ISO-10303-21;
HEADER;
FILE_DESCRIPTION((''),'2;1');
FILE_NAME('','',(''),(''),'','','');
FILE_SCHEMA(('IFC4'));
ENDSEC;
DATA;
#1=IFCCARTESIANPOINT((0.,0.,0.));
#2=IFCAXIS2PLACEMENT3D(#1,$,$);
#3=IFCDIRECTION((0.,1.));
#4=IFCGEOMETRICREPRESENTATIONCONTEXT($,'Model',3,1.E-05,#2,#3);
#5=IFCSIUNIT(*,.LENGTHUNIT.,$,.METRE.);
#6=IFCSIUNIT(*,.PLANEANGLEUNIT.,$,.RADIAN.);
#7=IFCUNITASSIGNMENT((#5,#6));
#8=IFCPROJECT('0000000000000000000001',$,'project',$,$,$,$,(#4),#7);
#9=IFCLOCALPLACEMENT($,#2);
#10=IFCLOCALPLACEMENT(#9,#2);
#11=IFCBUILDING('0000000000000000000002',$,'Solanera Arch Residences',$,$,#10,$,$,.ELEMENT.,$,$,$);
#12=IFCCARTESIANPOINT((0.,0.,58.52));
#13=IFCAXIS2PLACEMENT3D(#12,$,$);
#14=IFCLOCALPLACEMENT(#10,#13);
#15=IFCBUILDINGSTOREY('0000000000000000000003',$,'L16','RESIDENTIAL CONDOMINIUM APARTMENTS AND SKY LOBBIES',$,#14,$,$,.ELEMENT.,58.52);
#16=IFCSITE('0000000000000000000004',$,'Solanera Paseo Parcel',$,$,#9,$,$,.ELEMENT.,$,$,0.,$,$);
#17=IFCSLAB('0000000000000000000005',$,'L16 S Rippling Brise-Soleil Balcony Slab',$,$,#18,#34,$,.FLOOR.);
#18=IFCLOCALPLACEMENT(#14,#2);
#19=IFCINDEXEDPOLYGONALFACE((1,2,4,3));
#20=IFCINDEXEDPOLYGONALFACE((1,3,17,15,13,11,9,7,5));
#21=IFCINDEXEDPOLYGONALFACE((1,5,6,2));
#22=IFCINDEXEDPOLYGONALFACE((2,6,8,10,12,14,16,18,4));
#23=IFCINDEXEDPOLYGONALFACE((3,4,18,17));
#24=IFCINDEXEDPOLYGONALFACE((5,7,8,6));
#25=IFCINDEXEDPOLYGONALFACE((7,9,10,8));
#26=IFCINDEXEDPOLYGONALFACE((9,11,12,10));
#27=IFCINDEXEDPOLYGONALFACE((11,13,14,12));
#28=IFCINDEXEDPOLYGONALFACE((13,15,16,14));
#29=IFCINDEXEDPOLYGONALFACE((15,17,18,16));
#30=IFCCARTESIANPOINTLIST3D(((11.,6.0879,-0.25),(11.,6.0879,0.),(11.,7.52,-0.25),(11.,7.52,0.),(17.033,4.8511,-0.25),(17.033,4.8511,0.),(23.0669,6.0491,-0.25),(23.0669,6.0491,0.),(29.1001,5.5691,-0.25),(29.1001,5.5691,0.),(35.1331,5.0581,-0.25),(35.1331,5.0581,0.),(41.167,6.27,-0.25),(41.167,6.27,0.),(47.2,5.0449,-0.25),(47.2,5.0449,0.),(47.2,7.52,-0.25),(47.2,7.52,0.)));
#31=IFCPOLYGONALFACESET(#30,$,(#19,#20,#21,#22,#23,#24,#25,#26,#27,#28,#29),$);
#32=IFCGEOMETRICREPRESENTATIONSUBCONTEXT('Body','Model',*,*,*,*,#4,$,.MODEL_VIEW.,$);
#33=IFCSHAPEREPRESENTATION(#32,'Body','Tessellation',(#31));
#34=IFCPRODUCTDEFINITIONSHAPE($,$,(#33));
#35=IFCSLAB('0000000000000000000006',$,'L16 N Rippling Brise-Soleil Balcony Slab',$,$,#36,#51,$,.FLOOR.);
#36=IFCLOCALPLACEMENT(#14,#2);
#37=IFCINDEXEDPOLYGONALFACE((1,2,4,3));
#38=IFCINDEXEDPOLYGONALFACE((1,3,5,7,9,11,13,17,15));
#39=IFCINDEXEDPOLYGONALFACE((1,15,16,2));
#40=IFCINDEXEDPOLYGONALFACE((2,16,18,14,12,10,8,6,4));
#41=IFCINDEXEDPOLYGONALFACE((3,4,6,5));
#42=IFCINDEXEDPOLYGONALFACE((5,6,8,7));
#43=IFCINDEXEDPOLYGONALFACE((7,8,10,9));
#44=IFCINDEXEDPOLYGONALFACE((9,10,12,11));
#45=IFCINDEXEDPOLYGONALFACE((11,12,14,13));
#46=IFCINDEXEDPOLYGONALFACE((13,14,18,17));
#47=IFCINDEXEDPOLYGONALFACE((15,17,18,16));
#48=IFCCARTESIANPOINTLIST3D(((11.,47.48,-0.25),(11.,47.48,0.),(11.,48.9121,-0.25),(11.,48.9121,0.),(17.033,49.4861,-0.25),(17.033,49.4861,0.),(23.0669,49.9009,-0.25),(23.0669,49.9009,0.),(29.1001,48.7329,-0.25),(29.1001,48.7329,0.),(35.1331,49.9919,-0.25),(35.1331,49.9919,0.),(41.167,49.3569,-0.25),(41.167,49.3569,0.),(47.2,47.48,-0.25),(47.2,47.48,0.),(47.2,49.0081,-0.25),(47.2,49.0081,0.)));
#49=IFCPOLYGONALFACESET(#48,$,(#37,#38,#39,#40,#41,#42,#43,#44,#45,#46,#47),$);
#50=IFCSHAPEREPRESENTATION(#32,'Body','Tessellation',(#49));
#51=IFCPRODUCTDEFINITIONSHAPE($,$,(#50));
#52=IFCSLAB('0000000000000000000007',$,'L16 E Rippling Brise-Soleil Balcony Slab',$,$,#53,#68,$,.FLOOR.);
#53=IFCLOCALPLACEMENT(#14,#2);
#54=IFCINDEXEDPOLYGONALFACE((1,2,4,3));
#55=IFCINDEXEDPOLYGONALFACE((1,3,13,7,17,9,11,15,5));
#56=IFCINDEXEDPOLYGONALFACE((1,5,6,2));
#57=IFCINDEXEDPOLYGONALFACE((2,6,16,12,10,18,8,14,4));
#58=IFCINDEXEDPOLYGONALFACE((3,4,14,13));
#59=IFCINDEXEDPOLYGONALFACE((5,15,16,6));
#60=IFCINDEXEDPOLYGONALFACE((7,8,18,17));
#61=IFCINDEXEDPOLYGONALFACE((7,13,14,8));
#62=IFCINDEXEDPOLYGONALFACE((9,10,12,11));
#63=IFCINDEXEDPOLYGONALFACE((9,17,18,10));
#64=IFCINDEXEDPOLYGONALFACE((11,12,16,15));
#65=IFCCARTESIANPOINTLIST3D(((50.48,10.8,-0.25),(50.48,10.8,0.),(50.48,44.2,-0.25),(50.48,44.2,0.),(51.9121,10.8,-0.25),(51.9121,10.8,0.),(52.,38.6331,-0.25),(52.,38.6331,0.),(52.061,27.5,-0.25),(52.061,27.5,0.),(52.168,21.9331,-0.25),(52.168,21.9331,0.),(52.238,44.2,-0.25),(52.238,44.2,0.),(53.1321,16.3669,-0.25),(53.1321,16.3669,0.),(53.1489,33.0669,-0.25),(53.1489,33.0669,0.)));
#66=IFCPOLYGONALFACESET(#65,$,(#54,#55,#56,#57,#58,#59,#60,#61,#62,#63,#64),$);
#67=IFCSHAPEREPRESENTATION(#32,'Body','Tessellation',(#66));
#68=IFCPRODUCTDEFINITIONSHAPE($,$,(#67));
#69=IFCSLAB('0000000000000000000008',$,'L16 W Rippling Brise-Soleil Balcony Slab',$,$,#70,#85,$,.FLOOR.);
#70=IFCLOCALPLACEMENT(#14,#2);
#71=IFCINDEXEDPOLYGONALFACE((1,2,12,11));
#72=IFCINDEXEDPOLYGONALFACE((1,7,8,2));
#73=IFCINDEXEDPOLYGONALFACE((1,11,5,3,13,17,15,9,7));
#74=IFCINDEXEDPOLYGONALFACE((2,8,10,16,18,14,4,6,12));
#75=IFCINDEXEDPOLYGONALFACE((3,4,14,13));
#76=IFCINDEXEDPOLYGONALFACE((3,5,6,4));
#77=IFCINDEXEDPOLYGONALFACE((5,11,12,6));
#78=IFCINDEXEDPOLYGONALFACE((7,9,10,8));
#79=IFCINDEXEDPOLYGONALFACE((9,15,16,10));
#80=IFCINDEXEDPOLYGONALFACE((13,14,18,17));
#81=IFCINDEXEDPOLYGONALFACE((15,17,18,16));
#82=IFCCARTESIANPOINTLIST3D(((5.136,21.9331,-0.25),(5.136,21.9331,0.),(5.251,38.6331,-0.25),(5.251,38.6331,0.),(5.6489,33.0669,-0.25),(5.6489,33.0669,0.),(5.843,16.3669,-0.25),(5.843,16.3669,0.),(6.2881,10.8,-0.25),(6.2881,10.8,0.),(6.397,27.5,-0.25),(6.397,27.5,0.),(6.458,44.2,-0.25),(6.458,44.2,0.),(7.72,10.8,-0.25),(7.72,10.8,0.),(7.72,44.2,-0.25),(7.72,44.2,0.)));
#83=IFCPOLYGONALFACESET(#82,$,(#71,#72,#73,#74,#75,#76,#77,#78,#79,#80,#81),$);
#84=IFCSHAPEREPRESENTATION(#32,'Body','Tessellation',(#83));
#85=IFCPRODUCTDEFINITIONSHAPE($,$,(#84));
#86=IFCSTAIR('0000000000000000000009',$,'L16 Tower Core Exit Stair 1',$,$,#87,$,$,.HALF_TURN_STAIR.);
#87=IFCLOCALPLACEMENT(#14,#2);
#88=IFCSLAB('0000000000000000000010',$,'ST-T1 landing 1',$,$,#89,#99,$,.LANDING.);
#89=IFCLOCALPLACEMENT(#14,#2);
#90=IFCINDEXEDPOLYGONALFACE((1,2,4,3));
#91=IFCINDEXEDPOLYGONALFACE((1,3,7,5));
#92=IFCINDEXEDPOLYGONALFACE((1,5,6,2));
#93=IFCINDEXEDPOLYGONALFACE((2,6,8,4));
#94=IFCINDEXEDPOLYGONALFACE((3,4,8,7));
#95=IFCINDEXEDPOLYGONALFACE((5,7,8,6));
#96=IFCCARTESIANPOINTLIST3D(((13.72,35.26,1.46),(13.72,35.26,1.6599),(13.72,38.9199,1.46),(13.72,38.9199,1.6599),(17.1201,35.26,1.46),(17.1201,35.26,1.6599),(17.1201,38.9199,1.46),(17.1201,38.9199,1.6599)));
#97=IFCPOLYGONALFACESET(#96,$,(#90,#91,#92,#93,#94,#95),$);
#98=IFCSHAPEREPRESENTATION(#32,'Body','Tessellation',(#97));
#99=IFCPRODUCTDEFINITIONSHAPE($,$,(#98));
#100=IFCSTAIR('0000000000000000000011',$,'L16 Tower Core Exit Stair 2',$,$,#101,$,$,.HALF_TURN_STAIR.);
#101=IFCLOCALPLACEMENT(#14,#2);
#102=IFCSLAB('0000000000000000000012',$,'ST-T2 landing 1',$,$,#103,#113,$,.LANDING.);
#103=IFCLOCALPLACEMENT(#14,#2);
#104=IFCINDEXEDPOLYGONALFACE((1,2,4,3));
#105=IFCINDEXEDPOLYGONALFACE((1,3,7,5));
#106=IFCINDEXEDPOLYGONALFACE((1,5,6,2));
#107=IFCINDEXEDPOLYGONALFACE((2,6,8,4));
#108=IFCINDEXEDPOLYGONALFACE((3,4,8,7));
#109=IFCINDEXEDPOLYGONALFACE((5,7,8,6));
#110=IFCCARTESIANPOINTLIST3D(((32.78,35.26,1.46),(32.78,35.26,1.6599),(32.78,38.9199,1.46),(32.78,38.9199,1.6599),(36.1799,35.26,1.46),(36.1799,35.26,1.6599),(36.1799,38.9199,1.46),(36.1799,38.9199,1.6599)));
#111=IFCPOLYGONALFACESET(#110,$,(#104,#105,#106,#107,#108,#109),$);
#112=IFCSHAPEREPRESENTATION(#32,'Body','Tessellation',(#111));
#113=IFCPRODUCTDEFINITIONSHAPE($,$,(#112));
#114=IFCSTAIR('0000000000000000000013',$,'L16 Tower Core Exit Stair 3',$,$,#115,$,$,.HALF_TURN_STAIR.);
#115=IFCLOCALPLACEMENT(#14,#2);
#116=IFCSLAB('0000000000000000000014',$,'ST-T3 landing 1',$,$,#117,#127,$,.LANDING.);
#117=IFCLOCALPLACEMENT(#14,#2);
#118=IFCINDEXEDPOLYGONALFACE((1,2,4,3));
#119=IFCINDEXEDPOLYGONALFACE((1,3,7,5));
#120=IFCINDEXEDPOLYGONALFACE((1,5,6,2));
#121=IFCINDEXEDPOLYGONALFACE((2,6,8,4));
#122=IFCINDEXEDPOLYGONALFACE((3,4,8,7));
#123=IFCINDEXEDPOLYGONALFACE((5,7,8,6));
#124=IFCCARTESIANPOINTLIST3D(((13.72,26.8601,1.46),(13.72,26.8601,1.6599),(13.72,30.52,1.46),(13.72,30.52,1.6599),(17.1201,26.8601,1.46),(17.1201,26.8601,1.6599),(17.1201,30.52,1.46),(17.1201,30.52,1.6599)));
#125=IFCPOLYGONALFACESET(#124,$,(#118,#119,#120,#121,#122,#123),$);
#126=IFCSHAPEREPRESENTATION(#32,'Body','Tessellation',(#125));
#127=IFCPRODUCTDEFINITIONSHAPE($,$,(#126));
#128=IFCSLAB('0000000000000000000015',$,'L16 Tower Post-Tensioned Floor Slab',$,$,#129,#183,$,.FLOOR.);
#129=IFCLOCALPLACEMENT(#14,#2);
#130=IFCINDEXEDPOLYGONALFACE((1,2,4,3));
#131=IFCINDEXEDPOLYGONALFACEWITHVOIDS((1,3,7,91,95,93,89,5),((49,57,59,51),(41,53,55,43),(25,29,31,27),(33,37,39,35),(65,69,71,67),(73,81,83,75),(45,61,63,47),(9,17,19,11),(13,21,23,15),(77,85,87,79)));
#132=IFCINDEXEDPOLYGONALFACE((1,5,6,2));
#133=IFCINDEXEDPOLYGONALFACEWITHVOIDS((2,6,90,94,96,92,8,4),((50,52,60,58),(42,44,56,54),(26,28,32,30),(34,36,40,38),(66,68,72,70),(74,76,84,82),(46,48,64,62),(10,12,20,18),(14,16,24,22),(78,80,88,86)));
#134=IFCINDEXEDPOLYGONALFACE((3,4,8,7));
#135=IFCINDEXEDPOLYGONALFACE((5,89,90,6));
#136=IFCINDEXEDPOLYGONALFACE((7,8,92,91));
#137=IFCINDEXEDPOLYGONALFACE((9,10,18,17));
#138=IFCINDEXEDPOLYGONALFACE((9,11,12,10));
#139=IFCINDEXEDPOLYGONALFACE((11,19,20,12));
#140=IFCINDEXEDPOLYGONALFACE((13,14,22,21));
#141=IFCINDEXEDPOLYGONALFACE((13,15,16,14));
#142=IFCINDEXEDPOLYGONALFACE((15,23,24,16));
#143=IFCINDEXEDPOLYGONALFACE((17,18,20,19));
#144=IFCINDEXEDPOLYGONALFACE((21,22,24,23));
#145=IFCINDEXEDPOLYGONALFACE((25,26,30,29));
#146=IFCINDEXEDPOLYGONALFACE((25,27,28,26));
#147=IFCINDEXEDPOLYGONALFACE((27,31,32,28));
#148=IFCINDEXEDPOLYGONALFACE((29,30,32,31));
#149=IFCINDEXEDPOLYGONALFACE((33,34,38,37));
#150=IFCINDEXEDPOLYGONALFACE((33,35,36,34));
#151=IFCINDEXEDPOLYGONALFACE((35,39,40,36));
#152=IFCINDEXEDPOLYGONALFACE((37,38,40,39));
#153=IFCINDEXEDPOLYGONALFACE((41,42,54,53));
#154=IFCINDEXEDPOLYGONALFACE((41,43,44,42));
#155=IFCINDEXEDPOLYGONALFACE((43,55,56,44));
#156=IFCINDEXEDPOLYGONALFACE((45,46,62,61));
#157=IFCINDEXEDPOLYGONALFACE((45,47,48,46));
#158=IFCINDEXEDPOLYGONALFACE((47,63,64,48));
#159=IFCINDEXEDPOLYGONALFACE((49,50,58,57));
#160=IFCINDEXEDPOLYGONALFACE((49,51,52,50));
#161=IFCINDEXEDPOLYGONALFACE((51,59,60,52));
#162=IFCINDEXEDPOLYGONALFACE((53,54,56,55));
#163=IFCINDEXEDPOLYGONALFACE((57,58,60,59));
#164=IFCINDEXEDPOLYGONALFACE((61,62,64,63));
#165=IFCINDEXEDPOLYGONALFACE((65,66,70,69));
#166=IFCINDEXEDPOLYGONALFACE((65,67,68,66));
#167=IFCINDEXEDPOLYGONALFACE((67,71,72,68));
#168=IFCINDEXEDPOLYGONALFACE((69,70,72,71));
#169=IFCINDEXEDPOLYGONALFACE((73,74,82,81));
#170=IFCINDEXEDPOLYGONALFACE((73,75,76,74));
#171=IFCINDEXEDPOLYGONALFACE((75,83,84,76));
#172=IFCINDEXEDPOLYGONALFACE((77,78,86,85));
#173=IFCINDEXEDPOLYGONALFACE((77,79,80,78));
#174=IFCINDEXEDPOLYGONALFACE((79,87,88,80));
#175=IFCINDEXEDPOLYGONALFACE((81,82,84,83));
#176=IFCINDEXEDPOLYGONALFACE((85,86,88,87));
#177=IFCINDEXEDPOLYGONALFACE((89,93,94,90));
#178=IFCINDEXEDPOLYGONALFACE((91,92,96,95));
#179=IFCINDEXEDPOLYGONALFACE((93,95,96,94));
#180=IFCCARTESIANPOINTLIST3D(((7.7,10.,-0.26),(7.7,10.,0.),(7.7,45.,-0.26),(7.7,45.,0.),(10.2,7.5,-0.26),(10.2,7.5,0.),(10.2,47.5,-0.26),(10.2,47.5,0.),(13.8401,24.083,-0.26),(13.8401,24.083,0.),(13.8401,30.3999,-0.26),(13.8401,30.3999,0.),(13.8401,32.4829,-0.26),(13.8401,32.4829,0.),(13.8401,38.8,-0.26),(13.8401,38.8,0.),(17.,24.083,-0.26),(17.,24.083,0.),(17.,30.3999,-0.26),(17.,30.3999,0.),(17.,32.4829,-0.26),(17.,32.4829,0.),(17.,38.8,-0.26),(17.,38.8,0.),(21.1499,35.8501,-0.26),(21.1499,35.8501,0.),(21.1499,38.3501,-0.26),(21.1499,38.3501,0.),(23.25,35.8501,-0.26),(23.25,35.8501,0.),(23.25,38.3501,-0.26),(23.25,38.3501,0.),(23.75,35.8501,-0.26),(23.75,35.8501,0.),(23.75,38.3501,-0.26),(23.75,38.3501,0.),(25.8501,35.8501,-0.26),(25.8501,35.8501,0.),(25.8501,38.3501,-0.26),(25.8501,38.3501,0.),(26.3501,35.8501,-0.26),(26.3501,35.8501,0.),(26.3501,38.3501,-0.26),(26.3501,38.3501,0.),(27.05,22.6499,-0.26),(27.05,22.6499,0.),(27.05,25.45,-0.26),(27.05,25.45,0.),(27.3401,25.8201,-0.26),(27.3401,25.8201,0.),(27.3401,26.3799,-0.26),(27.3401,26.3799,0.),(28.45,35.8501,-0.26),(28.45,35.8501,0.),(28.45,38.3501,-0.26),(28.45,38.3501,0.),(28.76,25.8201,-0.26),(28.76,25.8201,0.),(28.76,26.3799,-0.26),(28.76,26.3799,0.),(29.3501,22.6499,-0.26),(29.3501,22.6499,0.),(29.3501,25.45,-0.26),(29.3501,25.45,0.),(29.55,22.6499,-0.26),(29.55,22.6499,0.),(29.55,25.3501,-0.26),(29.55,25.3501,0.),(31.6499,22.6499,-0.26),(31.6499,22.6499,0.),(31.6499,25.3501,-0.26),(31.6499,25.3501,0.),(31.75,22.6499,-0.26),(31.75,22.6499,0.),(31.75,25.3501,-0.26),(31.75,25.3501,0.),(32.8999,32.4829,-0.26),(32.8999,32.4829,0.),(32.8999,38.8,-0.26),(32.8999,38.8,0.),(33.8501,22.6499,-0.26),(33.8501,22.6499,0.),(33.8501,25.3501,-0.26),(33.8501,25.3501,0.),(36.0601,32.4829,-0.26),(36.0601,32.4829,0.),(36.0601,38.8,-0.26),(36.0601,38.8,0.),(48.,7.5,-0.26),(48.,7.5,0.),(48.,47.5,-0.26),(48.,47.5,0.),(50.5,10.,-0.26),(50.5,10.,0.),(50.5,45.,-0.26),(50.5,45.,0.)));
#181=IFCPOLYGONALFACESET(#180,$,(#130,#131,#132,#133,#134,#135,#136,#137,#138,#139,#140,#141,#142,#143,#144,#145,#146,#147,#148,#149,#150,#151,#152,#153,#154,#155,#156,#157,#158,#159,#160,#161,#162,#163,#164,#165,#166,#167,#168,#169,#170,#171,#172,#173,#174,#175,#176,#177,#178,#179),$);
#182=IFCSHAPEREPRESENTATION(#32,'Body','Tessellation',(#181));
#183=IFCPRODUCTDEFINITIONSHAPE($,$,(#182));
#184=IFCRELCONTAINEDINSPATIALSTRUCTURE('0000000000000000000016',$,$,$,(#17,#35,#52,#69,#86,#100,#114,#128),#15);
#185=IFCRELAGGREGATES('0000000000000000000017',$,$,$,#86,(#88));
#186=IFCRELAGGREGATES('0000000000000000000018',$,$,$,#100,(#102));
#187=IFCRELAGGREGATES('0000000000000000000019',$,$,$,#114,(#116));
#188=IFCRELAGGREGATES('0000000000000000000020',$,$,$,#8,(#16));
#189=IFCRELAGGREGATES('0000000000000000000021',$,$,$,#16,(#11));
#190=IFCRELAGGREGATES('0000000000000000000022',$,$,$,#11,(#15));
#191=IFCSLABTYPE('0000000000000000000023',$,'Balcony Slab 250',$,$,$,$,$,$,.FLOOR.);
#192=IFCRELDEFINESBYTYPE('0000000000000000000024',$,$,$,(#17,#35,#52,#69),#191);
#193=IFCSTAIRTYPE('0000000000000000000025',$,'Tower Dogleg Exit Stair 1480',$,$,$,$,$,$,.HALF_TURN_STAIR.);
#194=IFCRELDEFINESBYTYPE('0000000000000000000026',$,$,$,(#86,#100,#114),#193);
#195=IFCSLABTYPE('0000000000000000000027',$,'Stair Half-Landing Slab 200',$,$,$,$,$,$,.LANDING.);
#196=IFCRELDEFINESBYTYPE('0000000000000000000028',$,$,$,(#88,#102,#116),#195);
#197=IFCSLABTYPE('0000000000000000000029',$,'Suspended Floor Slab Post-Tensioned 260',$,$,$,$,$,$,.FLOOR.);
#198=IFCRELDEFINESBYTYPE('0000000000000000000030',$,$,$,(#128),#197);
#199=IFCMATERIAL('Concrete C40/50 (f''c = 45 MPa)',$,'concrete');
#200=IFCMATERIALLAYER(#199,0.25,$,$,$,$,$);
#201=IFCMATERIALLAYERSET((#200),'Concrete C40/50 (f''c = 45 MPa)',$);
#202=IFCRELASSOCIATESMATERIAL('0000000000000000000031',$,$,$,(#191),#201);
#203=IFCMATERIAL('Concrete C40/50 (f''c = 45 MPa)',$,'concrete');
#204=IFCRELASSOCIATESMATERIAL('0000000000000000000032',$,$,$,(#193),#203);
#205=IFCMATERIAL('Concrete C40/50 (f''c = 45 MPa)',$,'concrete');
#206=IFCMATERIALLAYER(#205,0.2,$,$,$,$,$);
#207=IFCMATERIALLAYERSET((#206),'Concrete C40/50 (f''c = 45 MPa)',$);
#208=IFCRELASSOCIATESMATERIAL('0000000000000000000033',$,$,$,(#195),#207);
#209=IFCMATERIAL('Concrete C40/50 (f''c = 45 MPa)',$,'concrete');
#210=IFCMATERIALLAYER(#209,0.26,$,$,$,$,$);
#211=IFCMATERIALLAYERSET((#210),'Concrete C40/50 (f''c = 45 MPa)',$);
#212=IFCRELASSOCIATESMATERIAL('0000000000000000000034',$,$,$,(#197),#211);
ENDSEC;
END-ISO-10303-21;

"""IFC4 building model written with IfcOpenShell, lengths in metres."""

from ifc_helpers import new_model, si_unit, direction, frame, origin, place, context, subcontext, project, spatial, polyline, outline, extrude, material, layer, layer_set, type_object, element, aggregate, save


model = new_model("IFC4")

# Units and contexts
model_context = context("Model", 3, precision=1e-05, world=origin(), true_north=direction((0.0, 1.0)))
body_context = subcontext(model_context, "Body", "Model", "MODEL_VIEW")
ifc_project = project(units=[si_unit("LENGTHUNIT", "METRE"), si_unit("PLANEANGLEUNIT", "RADIAN")], contexts=[model_context])

# Site, building, storey
site_placement = place(None, origin())
site = spatial("IfcSite", under=ifc_project, at=site_placement, Name="Solanera Paseo Parcel", CompositionType="ELEMENT", RefElevation=0.0)
building_placement = place(site_placement, origin())
building = spatial("IfcBuilding", under=site, at=building_placement, Name="Solanera Arch Residences", CompositionType="ELEMENT")
storey_placement = place(building_placement, frame((0.0, 0.0, 58.52)))
storey = spatial("IfcBuildingStorey", under=building, at=storey_placement, Name="L16", Description="RESIDENTIAL CONDOMINIUM APARTMENTS AND SKY LOBBIES", CompositionType="ELEMENT", Elevation=58.52)

# Slabs
ifc_material_1 = material(Name="Concrete C40/50 (f'c = 45 MPa)", Category="concrete")
ifc_layer_1 = layer(ifc_material_1, 0.25)
ifc_layer_set_1 = layer_set([ifc_layer_1], Name="Concrete C40/50 (f'c = 45 MPa)")
slab_type_1 = type_object("IfcSlabType", Name="Balcony Slab 250", PredefinedType="FLOOR", material=ifc_layer_set_1)
slab_1_placement = place(storey_placement, frame((0.0, 0.0, -0.25)))
element("IfcSlab", 1, at=slab_1_placement, inside=storey, type_object=slab_type_1, Name="L16 S Rippling Brise-Soleil Balcony Slab", PredefinedType="FLOOR", context=body_context, shape_type="SweptSolid", body=[
    extrude(outline(polyline([(11.0, 6.0879), (17.033, 4.8511), (23.0669, 6.0491), (29.1001, 5.5691), (35.1331, 5.0581), (41.167, 6.27), (47.2, 5.0449), (47.2, 7.52), (11.0, 7.52), (11.0, 6.0879)])), origin(), (0.0, 0.0, 1.0), 0.25),
])
slab_2_placement = place(storey_placement, frame((0.0, 0.0, -0.25)))
element("IfcSlab", 2, at=slab_2_placement, inside=storey, type_object=slab_type_1, Name="L16 N Rippling Brise-Soleil Balcony Slab", PredefinedType="FLOOR", context=body_context, shape_type="SweptSolid", body=[
    extrude(outline(polyline([(47.2, 49.0081), (41.167, 49.3569), (35.1331, 49.9919), (29.1001, 48.7329), (23.0669, 49.9009), (17.033, 49.4861), (11.0, 48.9121), (11.0, 47.48), (47.2, 47.48), (47.2, 49.0081)])), origin(), (0.0, 0.0, 1.0), 0.25),
])
slab_3_placement = place(storey_placement, frame((0.0, 0.0, -0.25)))
element("IfcSlab", 3, at=slab_3_placement, inside=storey, type_object=slab_type_1, Name="L16 E Rippling Brise-Soleil Balcony Slab", PredefinedType="FLOOR", context=body_context, shape_type="SweptSolid", body=[
    extrude(outline(polyline([(51.9121, 10.8), (53.1321, 16.3669), (52.168, 21.9331), (52.061, 27.5), (53.1489, 33.0669), (52.0, 38.6331), (52.238, 44.2), (50.48, 44.2), (50.48, 10.8), (51.9121, 10.8)])), origin(), (0.0, 0.0, 1.0), 0.25),
])
slab_4_placement = place(storey_placement, frame((0.0, 0.0, -0.25)))
element("IfcSlab", 4, at=slab_4_placement, inside=storey, type_object=slab_type_1, Name="L16 W Rippling Brise-Soleil Balcony Slab", PredefinedType="FLOOR", context=body_context, shape_type="SweptSolid", body=[
    extrude(outline(polyline([(6.458, 44.2), (5.251, 38.6331), (5.6489, 33.0669), (6.397, 27.5), (5.136, 21.9331), (5.843, 16.3669), (6.2881, 10.8), (7.72, 10.8), (7.72, 44.2), (6.458, 44.2)])), origin(), (0.0, 0.0, 1.0), 0.25),
])

# Stairs, slabs
ifc_material_2 = material(Name="Concrete C40/50 (f'c = 45 MPa)", Category="concrete")
stair_type = type_object("IfcStairType", Name="Tower Dogleg Exit Stair 1480", PredefinedType="HALF_TURN_STAIR", material=ifc_material_2)
stair_1_placement = place(storey_placement, origin())
stair_1 = element("IfcStair", 5, at=stair_1_placement, inside=storey, type_object=stair_type, Name="L16 Tower Core Exit Stair 1", PredefinedType="HALF_TURN_STAIR")
ifc_material_3 = material(Name="Concrete C40/50 (f'c = 45 MPa)", Category="concrete")
ifc_layer_2 = layer(ifc_material_3, 0.2)
ifc_layer_set_2 = layer_set([ifc_layer_2], Name="Concrete C40/50 (f'c = 45 MPa)")
slab_type_2 = type_object("IfcSlabType", Name="Stair Half-Landing Slab 200", PredefinedType="LANDING", material=ifc_layer_set_2)
slab_5_placement = place(storey_placement, frame((0.0, 0.0, 1.46)))
slab_5 = element("IfcSlab", 6, at=slab_5_placement, type_object=slab_type_2, Name="ST-T1 landing 1", PredefinedType="LANDING", context=body_context, shape_type="SweptSolid", body=[
    extrude(outline(polyline([(17.1201, 35.26), (17.1201, 38.9199), (13.72, 38.9199), (13.72, 35.26), (17.1201, 35.26)])), origin(), (0.0, 0.0, 1.0), 0.2),
])
aggregate(stair_1, [slab_5])
stair_2_placement = place(storey_placement, origin())
stair_2 = element("IfcStair", 7, at=stair_2_placement, inside=storey, type_object=stair_type, Name="L16 Tower Core Exit Stair 2", PredefinedType="HALF_TURN_STAIR")
slab_6_placement = place(storey_placement, frame((0.0, 0.0, 1.46)))
slab_6 = element("IfcSlab", 8, at=slab_6_placement, type_object=slab_type_2, Name="ST-T2 landing 1", PredefinedType="LANDING", context=body_context, shape_type="SweptSolid", body=[
    extrude(outline(polyline([(36.1799, 35.26), (36.1799, 38.9199), (32.78, 38.9199), (32.78, 35.26), (36.1799, 35.26)])), origin(), (0.0, 0.0, 1.0), 0.2),
])
aggregate(stair_2, [slab_6])
stair_3_placement = place(storey_placement, origin())
stair_3 = element("IfcStair", 9, at=stair_3_placement, inside=storey, type_object=stair_type, Name="L16 Tower Core Exit Stair 3", PredefinedType="HALF_TURN_STAIR")
slab_7_placement = place(storey_placement, frame((0.0, 0.0, 1.46)))
slab_7 = element("IfcSlab", 10, at=slab_7_placement, type_object=slab_type_2, Name="ST-T3 landing 1", PredefinedType="LANDING", context=body_context, shape_type="SweptSolid", body=[
    extrude(outline(polyline([(17.1201, 26.8601), (17.1201, 30.52), (13.72, 30.52), (13.72, 26.8601), (17.1201, 26.8601)])), origin(), (0.0, 0.0, 1.0), 0.2),
])
aggregate(stair_3, [slab_7])

# Slab
ifc_material_4 = material(Name="Concrete C40/50 (f'c = 45 MPa)", Category="concrete")
ifc_layer_3 = layer(ifc_material_4, 0.26)
ifc_layer_set_3 = layer_set([ifc_layer_3], Name="Concrete C40/50 (f'c = 45 MPa)")
slab_type_3 = type_object("IfcSlabType", Name="Suspended Floor Slab Post-Tensioned 260", PredefinedType="FLOOR", material=ifc_layer_set_3)
slab_8_placement = place(storey_placement, frame((0.0, 0.0, -0.26)))
element("IfcSlab", 11, at=slab_8_placement, inside=storey, type_object=slab_type_3, Name="L16 Tower Post-Tensioned Floor Slab", PredefinedType="FLOOR", context=body_context, shape_type="SweptSolid", body=[
    extrude(outline(polyline([(10.2, 7.5), (48.0, 7.5), (50.5, 10.0), (50.5, 45.0), (48.0, 47.5), (10.2, 47.5), (7.7, 45.0), (7.7, 10.0), (10.2, 7.5)]), holes=[polyline([(13.8401, 32.4829), (13.8401, 38.8), (17.0, 38.8), (17.0, 32.4829), (13.8401, 32.4829)]), polyline([(32.8999, 32.4829), (32.8999, 38.8), (36.0601, 38.8), (36.0601, 32.4829), (32.8999, 32.4829)]), polyline([(13.8401, 24.083), (13.8401, 30.3999), (17.0, 30.3999), (17.0, 24.083), (13.8401, 24.083)]), polyline([(21.1499, 38.3501), (23.25, 38.3501), (23.25, 35.8501), (21.1499, 35.8501), (21.1499, 38.3501)]), polyline([(23.75, 38.3501), (25.8501, 38.3501), (25.8501, 35.8501), (23.75, 35.8501), (23.75, 38.3501)]), polyline([(26.3501, 38.3501), (28.45, 38.3501), (28.45, 35.8501), (26.3501, 35.8501), (26.3501, 38.3501)]), polyline([(29.55, 25.3501), (31.6499, 25.3501), (31.6499, 22.6499), (29.55, 22.6499), (29.55, 25.3501)]), polyline([(31.75, 25.3501), (33.8501, 25.3501), (33.8501, 22.6499), (31.75, 22.6499), (31.75, 25.3501)]), polyline([(27.05, 25.45), (29.3501, 25.45), (29.3501, 22.6499), (27.05, 22.6499), (27.05, 25.45)]), polyline([(27.3401, 26.3799), (28.76, 26.3799), (28.76, 25.8201), (27.3401, 25.8201), (27.3401, 26.3799)])]), origin(), (0.0, 0.0, 1.0), 0.26),
])

save(model, "model.ifc")
